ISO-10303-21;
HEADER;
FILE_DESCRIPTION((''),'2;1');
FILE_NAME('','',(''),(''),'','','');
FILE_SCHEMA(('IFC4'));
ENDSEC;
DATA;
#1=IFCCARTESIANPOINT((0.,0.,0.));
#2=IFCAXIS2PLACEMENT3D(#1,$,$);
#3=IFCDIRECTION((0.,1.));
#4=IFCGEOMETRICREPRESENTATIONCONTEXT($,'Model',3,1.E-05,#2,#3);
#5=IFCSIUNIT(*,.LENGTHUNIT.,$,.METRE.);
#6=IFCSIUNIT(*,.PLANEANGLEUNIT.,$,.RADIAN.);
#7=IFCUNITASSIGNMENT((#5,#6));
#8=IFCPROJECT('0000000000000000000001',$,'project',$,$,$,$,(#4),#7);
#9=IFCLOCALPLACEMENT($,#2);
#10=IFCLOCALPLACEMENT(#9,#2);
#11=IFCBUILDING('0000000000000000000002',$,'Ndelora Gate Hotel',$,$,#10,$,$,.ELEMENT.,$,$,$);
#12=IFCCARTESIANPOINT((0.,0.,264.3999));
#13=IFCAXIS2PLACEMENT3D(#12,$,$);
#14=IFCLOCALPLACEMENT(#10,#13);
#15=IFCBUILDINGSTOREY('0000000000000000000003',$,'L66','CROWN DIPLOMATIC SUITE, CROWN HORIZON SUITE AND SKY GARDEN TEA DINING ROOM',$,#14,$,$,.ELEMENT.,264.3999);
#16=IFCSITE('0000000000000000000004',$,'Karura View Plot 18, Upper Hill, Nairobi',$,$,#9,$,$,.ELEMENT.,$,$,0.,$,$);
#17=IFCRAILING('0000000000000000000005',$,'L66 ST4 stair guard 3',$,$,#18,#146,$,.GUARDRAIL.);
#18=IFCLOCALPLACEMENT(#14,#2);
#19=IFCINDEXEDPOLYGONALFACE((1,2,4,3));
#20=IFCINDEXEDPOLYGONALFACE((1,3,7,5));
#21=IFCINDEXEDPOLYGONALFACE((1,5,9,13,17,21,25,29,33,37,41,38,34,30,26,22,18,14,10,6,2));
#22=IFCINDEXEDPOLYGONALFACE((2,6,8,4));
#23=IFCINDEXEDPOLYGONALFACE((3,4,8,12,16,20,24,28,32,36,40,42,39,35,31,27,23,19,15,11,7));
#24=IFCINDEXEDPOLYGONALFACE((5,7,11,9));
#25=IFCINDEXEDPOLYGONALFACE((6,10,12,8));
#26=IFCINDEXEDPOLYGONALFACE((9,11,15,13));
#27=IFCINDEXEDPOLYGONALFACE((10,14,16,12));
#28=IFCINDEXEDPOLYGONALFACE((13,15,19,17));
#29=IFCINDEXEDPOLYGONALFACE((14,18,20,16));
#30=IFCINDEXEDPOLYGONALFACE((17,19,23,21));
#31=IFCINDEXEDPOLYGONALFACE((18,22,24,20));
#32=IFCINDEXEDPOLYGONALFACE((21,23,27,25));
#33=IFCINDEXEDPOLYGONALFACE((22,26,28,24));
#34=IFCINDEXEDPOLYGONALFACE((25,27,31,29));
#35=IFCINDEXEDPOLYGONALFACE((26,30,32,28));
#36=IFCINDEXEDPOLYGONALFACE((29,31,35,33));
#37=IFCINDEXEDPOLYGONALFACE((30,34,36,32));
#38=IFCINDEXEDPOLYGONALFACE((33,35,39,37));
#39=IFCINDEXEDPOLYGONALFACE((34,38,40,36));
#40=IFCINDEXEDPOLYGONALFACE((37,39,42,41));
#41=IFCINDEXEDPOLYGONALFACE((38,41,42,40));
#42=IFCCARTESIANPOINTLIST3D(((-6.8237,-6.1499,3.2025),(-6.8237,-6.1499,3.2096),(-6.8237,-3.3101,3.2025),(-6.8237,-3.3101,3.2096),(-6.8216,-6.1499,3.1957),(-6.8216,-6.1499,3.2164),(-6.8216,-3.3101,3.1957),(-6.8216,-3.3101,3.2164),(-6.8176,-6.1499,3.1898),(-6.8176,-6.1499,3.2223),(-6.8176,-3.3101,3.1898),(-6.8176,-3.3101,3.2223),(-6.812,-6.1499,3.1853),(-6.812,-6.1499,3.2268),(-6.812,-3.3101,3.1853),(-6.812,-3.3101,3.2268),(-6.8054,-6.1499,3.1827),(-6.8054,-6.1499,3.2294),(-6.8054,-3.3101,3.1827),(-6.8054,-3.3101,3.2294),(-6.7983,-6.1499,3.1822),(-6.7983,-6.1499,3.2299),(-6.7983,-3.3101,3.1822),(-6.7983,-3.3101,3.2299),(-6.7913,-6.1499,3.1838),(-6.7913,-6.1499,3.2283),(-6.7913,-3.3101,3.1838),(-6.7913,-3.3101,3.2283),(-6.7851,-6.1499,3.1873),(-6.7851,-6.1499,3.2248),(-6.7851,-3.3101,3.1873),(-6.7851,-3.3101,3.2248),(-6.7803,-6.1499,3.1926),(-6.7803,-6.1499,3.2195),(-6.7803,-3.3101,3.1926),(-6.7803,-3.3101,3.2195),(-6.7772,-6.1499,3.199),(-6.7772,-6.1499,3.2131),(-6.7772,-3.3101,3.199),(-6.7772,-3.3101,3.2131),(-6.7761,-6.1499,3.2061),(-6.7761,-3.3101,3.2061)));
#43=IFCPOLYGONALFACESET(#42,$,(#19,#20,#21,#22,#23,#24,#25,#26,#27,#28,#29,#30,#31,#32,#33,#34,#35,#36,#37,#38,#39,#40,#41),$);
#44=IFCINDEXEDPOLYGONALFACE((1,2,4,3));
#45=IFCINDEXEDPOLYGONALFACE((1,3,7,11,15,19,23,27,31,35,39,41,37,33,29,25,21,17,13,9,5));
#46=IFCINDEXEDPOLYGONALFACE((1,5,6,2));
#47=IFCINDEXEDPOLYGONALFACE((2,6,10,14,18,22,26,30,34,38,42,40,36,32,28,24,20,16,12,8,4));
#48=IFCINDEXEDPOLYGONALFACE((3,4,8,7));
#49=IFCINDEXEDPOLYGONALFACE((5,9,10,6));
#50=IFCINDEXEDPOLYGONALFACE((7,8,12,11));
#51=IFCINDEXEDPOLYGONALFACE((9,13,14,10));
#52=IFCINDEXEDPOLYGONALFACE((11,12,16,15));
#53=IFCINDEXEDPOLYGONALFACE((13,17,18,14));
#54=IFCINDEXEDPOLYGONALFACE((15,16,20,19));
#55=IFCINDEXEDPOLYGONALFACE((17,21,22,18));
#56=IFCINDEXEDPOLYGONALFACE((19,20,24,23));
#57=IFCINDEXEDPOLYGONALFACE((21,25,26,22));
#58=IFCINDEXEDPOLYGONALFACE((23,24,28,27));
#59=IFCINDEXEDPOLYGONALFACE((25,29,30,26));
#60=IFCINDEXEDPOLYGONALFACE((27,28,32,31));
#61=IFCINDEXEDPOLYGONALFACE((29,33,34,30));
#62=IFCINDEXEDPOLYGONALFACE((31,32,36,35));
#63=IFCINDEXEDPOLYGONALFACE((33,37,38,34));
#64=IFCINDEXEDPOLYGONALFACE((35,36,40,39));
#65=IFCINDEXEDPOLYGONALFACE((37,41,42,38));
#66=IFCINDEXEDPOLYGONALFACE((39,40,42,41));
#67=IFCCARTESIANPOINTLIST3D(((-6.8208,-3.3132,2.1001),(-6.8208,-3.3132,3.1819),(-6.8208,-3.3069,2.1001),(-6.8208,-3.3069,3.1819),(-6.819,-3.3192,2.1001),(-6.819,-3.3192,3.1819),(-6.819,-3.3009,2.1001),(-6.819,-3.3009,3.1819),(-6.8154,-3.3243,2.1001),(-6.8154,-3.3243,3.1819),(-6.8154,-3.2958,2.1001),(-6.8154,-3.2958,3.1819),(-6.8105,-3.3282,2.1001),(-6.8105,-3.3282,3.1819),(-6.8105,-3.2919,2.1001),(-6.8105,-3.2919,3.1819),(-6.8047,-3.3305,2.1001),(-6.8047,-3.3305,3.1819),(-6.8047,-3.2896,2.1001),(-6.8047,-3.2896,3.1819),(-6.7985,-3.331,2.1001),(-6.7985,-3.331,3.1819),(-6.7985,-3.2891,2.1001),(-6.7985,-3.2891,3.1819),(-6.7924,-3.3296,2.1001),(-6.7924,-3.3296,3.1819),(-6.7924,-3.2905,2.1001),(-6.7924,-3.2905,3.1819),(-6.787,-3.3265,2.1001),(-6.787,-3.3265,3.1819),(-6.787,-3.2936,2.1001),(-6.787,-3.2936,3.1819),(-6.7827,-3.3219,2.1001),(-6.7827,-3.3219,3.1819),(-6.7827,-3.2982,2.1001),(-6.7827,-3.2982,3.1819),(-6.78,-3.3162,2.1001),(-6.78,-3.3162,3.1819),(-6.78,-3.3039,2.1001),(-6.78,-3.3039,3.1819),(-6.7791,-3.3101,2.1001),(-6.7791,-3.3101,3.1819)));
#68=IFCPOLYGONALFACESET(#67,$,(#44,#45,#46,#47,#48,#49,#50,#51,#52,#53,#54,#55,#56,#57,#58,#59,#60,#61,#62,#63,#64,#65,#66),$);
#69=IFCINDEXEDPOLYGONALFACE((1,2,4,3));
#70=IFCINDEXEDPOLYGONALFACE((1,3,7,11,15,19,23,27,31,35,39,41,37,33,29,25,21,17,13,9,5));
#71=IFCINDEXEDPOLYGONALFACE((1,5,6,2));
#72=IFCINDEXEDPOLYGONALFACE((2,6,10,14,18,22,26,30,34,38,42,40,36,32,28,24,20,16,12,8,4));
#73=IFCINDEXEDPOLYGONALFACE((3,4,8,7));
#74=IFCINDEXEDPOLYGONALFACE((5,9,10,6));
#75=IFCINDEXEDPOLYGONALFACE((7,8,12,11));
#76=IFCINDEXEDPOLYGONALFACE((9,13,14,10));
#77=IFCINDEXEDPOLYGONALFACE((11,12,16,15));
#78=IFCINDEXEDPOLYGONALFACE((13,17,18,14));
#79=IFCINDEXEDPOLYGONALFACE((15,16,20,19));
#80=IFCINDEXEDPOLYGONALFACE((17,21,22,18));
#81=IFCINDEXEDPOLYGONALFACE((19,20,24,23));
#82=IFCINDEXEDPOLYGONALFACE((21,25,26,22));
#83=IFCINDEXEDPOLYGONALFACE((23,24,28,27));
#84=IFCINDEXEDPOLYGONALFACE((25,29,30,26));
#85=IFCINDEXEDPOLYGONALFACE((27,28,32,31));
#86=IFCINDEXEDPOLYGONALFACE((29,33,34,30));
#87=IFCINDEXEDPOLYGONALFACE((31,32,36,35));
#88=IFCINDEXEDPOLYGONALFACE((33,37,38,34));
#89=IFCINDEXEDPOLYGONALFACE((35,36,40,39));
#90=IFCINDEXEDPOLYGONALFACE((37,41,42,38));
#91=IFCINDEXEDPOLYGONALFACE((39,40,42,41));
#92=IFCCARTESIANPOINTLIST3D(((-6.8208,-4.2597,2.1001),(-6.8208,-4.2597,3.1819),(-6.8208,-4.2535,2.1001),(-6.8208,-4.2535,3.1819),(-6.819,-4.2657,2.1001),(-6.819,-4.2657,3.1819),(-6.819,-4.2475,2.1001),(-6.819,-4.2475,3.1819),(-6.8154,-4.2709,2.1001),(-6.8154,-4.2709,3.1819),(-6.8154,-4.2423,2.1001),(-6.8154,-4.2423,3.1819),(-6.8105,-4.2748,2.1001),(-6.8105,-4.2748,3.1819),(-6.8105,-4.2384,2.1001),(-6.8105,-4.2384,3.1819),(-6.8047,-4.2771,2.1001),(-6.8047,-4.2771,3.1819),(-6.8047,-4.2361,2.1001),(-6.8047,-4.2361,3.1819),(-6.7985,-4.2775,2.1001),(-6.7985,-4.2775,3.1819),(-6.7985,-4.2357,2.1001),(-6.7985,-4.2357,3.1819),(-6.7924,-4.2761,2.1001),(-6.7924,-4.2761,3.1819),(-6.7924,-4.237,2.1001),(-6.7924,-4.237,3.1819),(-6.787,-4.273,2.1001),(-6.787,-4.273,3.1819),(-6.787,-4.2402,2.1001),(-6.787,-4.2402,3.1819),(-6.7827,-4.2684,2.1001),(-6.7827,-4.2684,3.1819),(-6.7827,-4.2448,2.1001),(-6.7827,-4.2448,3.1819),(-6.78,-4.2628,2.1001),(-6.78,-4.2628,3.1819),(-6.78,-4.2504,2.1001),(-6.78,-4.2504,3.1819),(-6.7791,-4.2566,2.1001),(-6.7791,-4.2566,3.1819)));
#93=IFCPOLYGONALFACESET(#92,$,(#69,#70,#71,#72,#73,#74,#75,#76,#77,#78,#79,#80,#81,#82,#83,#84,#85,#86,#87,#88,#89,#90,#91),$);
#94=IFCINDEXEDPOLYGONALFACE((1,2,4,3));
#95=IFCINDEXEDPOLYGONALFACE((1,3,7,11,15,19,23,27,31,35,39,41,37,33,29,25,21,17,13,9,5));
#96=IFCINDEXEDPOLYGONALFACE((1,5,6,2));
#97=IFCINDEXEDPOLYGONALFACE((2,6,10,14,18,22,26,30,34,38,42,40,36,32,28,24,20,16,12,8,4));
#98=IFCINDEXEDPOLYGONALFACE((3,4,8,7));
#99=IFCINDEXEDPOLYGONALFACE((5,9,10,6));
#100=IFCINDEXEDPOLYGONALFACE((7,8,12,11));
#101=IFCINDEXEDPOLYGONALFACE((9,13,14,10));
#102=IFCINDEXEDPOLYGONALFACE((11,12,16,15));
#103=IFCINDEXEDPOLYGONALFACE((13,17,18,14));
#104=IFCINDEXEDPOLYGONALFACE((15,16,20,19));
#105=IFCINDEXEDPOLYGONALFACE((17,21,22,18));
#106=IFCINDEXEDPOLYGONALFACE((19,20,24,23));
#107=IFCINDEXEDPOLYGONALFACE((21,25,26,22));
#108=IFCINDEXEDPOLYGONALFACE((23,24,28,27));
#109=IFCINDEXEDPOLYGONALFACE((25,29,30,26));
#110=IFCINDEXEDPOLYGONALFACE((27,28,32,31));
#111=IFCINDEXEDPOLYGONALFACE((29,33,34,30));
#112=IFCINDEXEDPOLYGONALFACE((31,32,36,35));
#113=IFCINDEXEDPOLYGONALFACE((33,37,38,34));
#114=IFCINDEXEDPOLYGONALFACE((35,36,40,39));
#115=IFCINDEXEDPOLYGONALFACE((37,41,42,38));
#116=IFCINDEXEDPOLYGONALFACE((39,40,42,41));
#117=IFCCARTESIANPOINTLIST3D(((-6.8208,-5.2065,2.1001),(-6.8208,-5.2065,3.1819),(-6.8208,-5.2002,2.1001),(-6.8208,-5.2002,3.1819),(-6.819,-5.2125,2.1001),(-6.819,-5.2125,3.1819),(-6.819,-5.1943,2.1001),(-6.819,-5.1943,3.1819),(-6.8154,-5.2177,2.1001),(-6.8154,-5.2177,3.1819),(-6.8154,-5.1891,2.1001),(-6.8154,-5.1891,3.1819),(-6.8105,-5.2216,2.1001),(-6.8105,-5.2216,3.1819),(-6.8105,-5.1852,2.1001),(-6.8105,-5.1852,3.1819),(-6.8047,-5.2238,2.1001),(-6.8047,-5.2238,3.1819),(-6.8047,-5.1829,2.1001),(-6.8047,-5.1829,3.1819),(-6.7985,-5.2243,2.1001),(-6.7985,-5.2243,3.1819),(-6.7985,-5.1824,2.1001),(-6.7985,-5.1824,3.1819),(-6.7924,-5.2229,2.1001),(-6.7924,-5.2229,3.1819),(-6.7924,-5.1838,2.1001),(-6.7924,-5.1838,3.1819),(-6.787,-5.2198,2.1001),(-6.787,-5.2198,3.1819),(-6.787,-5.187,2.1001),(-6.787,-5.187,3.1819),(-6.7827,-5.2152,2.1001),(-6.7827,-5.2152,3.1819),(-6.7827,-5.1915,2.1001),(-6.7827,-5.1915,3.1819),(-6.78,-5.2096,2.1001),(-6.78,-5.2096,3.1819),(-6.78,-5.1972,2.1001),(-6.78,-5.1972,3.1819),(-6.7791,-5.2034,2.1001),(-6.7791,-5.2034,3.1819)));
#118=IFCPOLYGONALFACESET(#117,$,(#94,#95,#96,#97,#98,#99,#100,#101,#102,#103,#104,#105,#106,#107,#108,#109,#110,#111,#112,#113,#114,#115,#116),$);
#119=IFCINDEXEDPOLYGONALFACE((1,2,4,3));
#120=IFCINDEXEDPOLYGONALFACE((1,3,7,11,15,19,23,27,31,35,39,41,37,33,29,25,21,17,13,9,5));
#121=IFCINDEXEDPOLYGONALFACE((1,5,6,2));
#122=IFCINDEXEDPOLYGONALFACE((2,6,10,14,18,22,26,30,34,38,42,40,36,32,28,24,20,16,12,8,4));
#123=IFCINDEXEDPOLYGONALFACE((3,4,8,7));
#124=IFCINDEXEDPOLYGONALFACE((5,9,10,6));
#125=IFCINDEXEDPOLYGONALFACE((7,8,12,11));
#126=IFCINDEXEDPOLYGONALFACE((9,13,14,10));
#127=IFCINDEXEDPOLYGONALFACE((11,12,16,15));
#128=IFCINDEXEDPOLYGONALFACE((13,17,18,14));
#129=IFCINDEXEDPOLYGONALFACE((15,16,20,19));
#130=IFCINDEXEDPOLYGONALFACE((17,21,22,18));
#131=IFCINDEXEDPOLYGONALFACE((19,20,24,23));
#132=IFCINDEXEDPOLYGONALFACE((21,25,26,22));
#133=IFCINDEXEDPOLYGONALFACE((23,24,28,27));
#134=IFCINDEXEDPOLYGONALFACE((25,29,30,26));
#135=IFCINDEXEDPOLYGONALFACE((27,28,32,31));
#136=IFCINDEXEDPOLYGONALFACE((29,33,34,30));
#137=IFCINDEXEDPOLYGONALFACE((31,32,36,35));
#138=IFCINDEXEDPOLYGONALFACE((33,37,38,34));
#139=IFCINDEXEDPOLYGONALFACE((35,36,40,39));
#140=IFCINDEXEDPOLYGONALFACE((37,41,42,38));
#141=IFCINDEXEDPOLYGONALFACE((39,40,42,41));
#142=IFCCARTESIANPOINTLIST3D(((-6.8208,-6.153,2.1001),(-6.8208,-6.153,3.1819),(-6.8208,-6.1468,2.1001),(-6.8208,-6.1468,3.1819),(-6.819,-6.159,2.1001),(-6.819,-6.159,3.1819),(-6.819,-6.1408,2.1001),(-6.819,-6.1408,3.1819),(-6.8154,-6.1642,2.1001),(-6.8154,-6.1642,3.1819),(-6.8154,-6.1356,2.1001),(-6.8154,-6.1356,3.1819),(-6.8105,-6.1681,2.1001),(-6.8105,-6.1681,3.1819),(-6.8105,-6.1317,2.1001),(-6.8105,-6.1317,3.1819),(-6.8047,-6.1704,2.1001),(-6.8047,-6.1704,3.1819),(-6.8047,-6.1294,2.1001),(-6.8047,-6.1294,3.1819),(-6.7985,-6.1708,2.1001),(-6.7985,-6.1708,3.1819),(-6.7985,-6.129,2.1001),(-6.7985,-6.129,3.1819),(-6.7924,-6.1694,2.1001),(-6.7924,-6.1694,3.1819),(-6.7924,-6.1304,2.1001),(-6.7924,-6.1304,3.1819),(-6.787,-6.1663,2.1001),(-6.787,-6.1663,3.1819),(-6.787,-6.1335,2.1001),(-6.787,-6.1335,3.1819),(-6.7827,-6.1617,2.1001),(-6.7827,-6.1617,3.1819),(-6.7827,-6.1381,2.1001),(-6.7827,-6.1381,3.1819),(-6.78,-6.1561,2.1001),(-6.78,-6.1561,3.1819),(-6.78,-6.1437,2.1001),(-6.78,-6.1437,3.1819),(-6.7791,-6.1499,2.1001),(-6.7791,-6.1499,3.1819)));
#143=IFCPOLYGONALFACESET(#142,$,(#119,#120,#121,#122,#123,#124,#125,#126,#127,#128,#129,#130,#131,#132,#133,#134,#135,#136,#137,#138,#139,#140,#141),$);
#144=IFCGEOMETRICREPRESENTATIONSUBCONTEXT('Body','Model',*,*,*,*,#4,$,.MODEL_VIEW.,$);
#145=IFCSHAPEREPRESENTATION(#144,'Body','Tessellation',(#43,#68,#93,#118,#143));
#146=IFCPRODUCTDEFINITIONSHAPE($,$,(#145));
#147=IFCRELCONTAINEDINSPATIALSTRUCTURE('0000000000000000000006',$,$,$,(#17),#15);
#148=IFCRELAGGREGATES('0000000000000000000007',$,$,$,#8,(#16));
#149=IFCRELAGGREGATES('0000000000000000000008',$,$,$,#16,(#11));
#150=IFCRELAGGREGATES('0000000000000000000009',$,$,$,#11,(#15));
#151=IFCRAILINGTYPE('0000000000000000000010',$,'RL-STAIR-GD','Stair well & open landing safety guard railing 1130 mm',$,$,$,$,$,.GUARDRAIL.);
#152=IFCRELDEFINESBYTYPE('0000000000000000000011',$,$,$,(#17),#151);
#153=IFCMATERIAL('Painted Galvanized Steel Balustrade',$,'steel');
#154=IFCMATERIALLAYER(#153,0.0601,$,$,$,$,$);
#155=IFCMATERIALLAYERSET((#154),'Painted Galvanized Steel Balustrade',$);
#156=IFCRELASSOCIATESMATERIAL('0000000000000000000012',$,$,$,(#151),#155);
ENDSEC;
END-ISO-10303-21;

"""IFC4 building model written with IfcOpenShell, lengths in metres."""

from ifc_helpers import new_model, si_unit, direction, frame, origin, origin_2d, place, context, subcontext, project, spatial, circle, extrude, material, layer, layer_set, type_object, element, save


model = new_model("IFC4")

# Units and contexts
model_context = context("Model", 3, precision=1e-05, world=origin(), true_north=direction((0.0, 1.0)))
body_context = subcontext(model_context, "Body", "Model", "MODEL_VIEW")
ifc_project = project(units=[si_unit("LENGTHUNIT", "METRE"), si_unit("PLANEANGLEUNIT", "RADIAN")], contexts=[model_context])

# Site, building, storey
site_placement = place(None, origin())
site = spatial("IfcSite", under=ifc_project, at=site_placement, Name="Karura View Plot 18, Upper Hill, Nairobi", CompositionType="ELEMENT", RefElevation=0.0)
building_placement = place(site_placement, origin())
building = spatial("IfcBuilding", under=site, at=building_placement, Name="Ndelora Gate Hotel", CompositionType="ELEMENT")
storey_placement = place(building_placement, frame((0.0, 0.0, 264.3999)))
storey = spatial("IfcBuildingStorey", under=building, at=storey_placement, Name="L66", Description="CROWN DIPLOMATIC SUITE, CROWN HORIZON SUITE AND SKY GARDEN TEA DINING ROOM", CompositionType="ELEMENT", Elevation=264.3999)

# Railing
ifc_material_1 = material(Name="Painted Galvanized Steel Balustrade", Category="steel")
ifc_layer_1 = layer(ifc_material_1, 0.0601)
ifc_layer_set_1 = layer_set([ifc_layer_1], Name="Painted Galvanized Steel Balustrade")
railing_type_1 = type_object("IfcRailingType", Name="RL-STAIR-GD", Description="Stair well & open landing safety guard railing 1130 mm", PredefinedType="GUARDRAIL", material=ifc_layer_set_1)
for number, where, name in (
    (1, (-6.8, -3.3101, 2.1001), "L66 ST4 stair guard 3"),
):
    element("IfcRailing", number, at=place(storey_placement, frame(where)), inside=storey, type_object=railing_type_1, Name=name, PredefinedType="GUARDRAIL", context=body_context, shape_type="SweptSolid", body=[
        extrude(circle(Radius=0.0239, at=origin_2d()), frame((0.0, 0.0, 1.106), z_axis=(0.0, -1.0, 0.0), x_axis=(1.0, 0.0, 0.0)), (0.0, 0.0, 1.0), 2.8398),
        extrude(circle(Radius=0.021, at=origin_2d()), origin(), (0.0, 0.0, 1.0), 1.0818),
        extrude(circle(Radius=0.021, at=origin_2d()), frame((0.0, -0.9465, 0.0)), (0.0, 0.0, 1.0), 1.0818),
        extrude(circle(Radius=0.021, at=origin_2d()), frame((0.0, -1.8933, 0.0)), (0.0, 0.0, 1.0), 1.0818),
        extrude(circle(Radius=0.021, at=origin_2d()), frame((0.0, -2.8398, 0.0)), (0.0, 0.0, 1.0), 1.0818),
    ])

save(model, "model.ifc")
